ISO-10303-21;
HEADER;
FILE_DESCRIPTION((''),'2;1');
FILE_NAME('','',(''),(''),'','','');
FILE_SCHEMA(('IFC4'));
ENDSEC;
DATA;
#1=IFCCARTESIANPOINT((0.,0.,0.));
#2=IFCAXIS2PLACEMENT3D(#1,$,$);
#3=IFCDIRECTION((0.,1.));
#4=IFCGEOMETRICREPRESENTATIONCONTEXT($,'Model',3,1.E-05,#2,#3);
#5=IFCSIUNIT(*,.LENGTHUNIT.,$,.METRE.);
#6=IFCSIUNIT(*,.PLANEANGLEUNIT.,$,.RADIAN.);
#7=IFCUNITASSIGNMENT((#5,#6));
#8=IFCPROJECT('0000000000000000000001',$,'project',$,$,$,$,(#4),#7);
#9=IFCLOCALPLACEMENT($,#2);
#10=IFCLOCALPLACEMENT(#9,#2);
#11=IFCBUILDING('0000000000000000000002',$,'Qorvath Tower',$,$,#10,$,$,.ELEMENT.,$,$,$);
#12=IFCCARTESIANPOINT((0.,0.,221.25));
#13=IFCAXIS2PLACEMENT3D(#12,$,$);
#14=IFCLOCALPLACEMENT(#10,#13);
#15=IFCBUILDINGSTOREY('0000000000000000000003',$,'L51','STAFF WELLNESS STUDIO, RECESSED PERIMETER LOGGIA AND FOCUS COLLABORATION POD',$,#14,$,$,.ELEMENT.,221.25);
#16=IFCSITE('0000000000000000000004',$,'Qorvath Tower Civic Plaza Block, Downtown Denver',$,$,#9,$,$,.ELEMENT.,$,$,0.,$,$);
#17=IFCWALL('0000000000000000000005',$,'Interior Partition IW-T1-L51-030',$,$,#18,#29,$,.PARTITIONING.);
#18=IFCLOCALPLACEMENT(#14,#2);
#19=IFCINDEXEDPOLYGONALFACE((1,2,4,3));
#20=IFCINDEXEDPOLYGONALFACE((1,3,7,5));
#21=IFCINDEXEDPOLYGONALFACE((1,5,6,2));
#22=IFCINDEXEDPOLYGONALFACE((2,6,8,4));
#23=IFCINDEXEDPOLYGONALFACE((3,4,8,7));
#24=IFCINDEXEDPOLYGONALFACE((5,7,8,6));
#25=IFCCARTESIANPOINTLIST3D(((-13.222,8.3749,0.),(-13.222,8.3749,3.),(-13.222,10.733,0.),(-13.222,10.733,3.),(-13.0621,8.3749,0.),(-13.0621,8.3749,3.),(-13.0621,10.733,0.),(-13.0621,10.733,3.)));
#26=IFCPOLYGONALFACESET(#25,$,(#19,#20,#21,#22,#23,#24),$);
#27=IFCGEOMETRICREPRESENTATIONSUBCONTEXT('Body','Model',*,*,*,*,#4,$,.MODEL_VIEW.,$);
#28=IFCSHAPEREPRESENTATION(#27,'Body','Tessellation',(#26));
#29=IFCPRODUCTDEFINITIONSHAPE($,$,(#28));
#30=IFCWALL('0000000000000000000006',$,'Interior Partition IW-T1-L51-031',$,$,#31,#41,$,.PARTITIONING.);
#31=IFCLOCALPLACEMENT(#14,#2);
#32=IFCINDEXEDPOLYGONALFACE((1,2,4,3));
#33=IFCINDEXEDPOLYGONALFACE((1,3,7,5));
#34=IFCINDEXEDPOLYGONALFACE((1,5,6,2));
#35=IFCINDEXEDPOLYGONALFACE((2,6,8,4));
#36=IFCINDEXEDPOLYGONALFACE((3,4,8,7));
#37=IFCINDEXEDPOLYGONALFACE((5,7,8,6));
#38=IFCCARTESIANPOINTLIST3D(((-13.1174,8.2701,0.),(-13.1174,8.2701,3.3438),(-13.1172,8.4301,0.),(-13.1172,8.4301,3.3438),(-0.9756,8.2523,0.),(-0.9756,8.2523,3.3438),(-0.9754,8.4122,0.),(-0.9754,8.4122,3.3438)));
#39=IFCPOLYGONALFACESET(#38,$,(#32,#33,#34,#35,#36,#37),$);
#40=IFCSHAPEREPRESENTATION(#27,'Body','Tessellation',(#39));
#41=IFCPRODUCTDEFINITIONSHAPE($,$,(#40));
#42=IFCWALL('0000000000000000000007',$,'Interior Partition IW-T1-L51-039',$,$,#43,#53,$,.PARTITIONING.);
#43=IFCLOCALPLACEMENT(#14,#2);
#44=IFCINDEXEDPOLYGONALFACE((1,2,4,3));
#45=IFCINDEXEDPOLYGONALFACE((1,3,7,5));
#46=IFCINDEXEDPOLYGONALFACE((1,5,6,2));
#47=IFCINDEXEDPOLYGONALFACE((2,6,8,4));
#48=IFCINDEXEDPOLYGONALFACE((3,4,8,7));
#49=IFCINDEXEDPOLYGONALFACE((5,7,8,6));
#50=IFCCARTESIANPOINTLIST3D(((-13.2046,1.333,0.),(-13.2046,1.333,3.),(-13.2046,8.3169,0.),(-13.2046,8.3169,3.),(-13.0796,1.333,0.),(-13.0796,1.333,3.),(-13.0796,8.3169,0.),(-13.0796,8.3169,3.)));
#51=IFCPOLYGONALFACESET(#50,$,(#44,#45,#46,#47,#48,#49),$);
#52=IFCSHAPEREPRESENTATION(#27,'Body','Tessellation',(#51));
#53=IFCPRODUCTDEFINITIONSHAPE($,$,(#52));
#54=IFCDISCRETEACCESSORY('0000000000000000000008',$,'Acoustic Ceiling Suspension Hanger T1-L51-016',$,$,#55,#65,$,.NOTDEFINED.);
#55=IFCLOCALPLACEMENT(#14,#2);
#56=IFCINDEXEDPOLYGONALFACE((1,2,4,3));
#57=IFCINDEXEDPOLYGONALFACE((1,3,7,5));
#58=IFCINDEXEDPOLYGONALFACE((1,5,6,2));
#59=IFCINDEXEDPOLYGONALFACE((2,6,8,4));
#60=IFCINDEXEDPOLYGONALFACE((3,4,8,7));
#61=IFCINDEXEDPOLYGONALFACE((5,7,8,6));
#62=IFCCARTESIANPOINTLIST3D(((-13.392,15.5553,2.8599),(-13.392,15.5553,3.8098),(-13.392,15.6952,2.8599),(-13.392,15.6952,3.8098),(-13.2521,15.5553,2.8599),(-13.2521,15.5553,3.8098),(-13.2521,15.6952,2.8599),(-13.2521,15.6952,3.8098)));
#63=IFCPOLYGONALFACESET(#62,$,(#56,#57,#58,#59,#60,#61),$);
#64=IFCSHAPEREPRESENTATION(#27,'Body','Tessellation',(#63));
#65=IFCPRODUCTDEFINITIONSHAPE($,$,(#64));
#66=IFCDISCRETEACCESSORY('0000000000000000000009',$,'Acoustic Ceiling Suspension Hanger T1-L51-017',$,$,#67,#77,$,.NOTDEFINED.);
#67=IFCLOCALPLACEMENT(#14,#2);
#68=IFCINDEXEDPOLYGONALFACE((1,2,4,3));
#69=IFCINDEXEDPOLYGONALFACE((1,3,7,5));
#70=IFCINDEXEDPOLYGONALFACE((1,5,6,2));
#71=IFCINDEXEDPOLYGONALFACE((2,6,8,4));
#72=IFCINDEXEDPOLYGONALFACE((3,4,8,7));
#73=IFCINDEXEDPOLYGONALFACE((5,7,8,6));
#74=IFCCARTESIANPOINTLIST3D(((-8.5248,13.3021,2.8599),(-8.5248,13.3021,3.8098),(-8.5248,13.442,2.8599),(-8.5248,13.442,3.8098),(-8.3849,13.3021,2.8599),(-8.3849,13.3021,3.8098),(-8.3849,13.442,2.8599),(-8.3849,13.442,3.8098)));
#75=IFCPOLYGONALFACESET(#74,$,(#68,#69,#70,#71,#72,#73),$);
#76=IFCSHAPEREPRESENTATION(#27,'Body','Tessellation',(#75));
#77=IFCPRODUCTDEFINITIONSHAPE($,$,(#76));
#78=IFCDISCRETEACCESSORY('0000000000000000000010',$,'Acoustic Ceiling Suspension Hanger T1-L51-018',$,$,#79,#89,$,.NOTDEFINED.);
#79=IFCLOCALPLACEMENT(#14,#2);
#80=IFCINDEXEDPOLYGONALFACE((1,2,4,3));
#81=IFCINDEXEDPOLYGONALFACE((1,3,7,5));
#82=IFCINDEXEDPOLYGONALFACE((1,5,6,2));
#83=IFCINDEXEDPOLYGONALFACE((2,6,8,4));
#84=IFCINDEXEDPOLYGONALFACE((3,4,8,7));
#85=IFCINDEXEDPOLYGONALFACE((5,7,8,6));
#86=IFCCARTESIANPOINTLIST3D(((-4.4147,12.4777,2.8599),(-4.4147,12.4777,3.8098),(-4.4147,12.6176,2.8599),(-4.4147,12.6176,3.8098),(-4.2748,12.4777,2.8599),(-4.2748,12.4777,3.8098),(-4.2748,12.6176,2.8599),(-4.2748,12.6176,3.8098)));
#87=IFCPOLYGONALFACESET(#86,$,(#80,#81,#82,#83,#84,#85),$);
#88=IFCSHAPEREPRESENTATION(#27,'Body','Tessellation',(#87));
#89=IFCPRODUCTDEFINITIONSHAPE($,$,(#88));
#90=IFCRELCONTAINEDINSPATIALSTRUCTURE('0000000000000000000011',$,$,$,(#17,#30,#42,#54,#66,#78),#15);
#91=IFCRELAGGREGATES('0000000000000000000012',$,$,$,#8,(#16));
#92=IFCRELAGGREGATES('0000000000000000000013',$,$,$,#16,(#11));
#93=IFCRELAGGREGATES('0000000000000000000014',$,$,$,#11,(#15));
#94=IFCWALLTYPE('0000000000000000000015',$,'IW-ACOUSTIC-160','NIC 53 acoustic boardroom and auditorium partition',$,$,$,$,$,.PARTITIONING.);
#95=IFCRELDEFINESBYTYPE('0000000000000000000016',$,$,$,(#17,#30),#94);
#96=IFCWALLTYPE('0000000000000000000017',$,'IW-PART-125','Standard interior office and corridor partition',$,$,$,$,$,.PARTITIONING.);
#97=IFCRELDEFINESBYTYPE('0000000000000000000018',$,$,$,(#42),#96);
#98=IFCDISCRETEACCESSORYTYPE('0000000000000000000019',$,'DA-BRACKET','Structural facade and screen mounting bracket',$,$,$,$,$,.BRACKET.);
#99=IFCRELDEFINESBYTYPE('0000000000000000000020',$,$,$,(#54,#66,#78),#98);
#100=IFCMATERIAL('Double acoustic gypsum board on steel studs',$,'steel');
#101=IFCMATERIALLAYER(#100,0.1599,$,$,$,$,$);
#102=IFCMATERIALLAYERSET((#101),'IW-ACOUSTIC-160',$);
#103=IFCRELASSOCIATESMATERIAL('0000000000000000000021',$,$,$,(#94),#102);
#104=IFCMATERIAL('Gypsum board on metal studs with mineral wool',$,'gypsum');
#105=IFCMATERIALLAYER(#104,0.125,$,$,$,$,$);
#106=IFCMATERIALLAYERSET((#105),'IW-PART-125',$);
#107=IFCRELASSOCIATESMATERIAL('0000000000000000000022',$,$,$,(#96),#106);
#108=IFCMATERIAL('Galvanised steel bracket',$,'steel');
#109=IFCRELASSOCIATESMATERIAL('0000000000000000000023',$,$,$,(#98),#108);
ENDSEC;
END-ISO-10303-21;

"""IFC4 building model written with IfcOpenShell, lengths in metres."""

from ifc_helpers import new_model, si_unit, direction, frame, frame_2d, origin, origin_2d, place, context, subcontext, project, spatial, rectangle, extrude, material, layer, layer_set, type_object, element, save


model = new_model("IFC4")

# Units and contexts
model_context = context("Model", 3, precision=1e-05, world=origin(), true_north=direction((0.0, 1.0)))
body_context = subcontext(model_context, "Body", "Model", "MODEL_VIEW")
ifc_project = project(units=[si_unit("LENGTHUNIT", "METRE"), si_unit("PLANEANGLEUNIT", "RADIAN")], contexts=[model_context])

# Site, building, storey
site_placement = place(None, origin())
site = spatial("IfcSite", under=ifc_project, at=site_placement, Name="Qorvath Tower Civic Plaza Block, Downtown Denver", CompositionType="ELEMENT", RefElevation=0.0)
building_placement = place(site_placement, origin())
building = spatial("IfcBuilding", under=site, at=building_placement, Name="Qorvath Tower", CompositionType="ELEMENT")
storey_placement = place(building_placement, frame((0.0, 0.0, 221.25)))
storey = spatial("IfcBuildingStorey", under=building, at=storey_placement, Name="L51", Description="STAFF WELLNESS STUDIO, RECESSED PERIMETER LOGGIA AND FOCUS COLLABORATION POD", CompositionType="ELEMENT", Elevation=221.25)

# Walls
ifc_material_1 = material(Name="Double acoustic gypsum board on steel studs", Category="steel")
ifc_layer_1 = layer(ifc_material_1, 0.1599)
ifc_layer_set_1 = layer_set([ifc_layer_1], Name="IW-ACOUSTIC-160")
wall_type_1 = type_object("IfcWallType", Name="IW-ACOUSTIC-160", Description="NIC 53 acoustic boardroom and auditorium partition", PredefinedType="PARTITIONING", material=ifc_layer_set_1)
wall_1_placement = place(storey_placement, frame((-13.1421, 10.7332, 0.0), z_axis=(0.0, 0.0, 1.0), x_axis=(0.0, -1.0, 0.0)))
element("IfcWall", 1, at=wall_1_placement, inside=storey, type_object=wall_type_1, Name="Interior Partition IW-T1-L51-030", PredefinedType="PARTITIONING", context=body_context, shape_type="SweptSolid", body=[
    extrude(rectangle(XDim=2.3582, YDim=0.1599, at=frame_2d((1.1792, 0.0))), origin(), (0.0, 0.0, 1.0), 3.0),
])
wall_2_placement = place(storey_placement, frame((-13.1172, 8.3501, 0.0), z_axis=(0.0, 0.0, 1.0), x_axis=(0.999999, -0.001468, 0.0)))
element("IfcWall", 2, at=wall_2_placement, inside=storey, type_object=wall_type_1, Name="Interior Partition IW-T1-L51-031", PredefinedType="PARTITIONING", context=body_context, shape_type="SweptSolid", body=[
    extrude(rectangle(XDim=12.1418, YDim=0.1599, at=frame_2d((6.0708, 0.0))), origin(), (0.0, 0.0, 1.0), 3.3438),
])
ifc_material_2 = material(Name="Gypsum board on metal studs with mineral wool", Category="gypsum")
ifc_layer_2 = layer(ifc_material_2, 0.125)
ifc_layer_set_2 = layer_set([ifc_layer_2], Name="IW-PART-125")
wall_type_2 = type_object("IfcWallType", Name="IW-PART-125", Description="Standard interior office and corridor partition", PredefinedType="PARTITIONING", material=ifc_layer_set_2)
wall_3_placement = place(storey_placement, frame((-13.1421, 8.3169, 0.0), z_axis=(0.0, 0.0, 1.0), x_axis=(0.0, -1.0, 0.0)))
element("IfcWall", 3, at=wall_3_placement, inside=storey, type_object=wall_type_2, Name="Interior Partition IW-T1-L51-039", PredefinedType="PARTITIONING", context=body_context, shape_type="SweptSolid", body=[
    extrude(rectangle(XDim=6.9839, YDim=0.125, at=frame_2d((3.4919, 0.0))), origin(), (0.0, 0.0, 1.0), 3.0),
])

# Discrete accessories
ifc_material_3 = material(Name="Galvanised steel bracket", Category="steel")
discrete_accessory_type = type_object("IfcDiscreteAccessoryType", Name="DA-BRACKET", Description="Structural facade and screen mounting bracket", PredefinedType="BRACKET", material=ifc_material_3)
for number, where, z_axis, x_axis, name in (
    (4, (-13.322, 15.6252, 2.8599), (0.0, 0.0, 1.0), (1.0, 0.0, 0.0), "Acoustic Ceiling Suspension Hanger T1-L51-016"),
    (5, (-8.4548, 13.3721, 2.8599), (0.0, 0.0, 1.0), (1.0, 0.0, 0.0), "Acoustic Ceiling Suspension Hanger T1-L51-017"),
    (6, (-4.3447, 12.5476, 2.8599), (0.0, 0.0, 1.0), (1.0, 0.0, 0.0), "Acoustic Ceiling Suspension Hanger T1-L51-018"),
):
    element("IfcDiscreteAccessory", number, at=place(storey_placement, frame(where, z_axis=z_axis, x_axis=x_axis)), inside=storey, type_object=discrete_accessory_type, Name=name, PredefinedType="NOTDEFINED", context=body_context, shape_type="SweptSolid", body=[
        extrude(rectangle(XDim=0.1399, YDim=0.1399, at=origin_2d()), origin(), (0.0, 0.0, 1.0), 0.95),
    ])

save(model, "model.ifc")
